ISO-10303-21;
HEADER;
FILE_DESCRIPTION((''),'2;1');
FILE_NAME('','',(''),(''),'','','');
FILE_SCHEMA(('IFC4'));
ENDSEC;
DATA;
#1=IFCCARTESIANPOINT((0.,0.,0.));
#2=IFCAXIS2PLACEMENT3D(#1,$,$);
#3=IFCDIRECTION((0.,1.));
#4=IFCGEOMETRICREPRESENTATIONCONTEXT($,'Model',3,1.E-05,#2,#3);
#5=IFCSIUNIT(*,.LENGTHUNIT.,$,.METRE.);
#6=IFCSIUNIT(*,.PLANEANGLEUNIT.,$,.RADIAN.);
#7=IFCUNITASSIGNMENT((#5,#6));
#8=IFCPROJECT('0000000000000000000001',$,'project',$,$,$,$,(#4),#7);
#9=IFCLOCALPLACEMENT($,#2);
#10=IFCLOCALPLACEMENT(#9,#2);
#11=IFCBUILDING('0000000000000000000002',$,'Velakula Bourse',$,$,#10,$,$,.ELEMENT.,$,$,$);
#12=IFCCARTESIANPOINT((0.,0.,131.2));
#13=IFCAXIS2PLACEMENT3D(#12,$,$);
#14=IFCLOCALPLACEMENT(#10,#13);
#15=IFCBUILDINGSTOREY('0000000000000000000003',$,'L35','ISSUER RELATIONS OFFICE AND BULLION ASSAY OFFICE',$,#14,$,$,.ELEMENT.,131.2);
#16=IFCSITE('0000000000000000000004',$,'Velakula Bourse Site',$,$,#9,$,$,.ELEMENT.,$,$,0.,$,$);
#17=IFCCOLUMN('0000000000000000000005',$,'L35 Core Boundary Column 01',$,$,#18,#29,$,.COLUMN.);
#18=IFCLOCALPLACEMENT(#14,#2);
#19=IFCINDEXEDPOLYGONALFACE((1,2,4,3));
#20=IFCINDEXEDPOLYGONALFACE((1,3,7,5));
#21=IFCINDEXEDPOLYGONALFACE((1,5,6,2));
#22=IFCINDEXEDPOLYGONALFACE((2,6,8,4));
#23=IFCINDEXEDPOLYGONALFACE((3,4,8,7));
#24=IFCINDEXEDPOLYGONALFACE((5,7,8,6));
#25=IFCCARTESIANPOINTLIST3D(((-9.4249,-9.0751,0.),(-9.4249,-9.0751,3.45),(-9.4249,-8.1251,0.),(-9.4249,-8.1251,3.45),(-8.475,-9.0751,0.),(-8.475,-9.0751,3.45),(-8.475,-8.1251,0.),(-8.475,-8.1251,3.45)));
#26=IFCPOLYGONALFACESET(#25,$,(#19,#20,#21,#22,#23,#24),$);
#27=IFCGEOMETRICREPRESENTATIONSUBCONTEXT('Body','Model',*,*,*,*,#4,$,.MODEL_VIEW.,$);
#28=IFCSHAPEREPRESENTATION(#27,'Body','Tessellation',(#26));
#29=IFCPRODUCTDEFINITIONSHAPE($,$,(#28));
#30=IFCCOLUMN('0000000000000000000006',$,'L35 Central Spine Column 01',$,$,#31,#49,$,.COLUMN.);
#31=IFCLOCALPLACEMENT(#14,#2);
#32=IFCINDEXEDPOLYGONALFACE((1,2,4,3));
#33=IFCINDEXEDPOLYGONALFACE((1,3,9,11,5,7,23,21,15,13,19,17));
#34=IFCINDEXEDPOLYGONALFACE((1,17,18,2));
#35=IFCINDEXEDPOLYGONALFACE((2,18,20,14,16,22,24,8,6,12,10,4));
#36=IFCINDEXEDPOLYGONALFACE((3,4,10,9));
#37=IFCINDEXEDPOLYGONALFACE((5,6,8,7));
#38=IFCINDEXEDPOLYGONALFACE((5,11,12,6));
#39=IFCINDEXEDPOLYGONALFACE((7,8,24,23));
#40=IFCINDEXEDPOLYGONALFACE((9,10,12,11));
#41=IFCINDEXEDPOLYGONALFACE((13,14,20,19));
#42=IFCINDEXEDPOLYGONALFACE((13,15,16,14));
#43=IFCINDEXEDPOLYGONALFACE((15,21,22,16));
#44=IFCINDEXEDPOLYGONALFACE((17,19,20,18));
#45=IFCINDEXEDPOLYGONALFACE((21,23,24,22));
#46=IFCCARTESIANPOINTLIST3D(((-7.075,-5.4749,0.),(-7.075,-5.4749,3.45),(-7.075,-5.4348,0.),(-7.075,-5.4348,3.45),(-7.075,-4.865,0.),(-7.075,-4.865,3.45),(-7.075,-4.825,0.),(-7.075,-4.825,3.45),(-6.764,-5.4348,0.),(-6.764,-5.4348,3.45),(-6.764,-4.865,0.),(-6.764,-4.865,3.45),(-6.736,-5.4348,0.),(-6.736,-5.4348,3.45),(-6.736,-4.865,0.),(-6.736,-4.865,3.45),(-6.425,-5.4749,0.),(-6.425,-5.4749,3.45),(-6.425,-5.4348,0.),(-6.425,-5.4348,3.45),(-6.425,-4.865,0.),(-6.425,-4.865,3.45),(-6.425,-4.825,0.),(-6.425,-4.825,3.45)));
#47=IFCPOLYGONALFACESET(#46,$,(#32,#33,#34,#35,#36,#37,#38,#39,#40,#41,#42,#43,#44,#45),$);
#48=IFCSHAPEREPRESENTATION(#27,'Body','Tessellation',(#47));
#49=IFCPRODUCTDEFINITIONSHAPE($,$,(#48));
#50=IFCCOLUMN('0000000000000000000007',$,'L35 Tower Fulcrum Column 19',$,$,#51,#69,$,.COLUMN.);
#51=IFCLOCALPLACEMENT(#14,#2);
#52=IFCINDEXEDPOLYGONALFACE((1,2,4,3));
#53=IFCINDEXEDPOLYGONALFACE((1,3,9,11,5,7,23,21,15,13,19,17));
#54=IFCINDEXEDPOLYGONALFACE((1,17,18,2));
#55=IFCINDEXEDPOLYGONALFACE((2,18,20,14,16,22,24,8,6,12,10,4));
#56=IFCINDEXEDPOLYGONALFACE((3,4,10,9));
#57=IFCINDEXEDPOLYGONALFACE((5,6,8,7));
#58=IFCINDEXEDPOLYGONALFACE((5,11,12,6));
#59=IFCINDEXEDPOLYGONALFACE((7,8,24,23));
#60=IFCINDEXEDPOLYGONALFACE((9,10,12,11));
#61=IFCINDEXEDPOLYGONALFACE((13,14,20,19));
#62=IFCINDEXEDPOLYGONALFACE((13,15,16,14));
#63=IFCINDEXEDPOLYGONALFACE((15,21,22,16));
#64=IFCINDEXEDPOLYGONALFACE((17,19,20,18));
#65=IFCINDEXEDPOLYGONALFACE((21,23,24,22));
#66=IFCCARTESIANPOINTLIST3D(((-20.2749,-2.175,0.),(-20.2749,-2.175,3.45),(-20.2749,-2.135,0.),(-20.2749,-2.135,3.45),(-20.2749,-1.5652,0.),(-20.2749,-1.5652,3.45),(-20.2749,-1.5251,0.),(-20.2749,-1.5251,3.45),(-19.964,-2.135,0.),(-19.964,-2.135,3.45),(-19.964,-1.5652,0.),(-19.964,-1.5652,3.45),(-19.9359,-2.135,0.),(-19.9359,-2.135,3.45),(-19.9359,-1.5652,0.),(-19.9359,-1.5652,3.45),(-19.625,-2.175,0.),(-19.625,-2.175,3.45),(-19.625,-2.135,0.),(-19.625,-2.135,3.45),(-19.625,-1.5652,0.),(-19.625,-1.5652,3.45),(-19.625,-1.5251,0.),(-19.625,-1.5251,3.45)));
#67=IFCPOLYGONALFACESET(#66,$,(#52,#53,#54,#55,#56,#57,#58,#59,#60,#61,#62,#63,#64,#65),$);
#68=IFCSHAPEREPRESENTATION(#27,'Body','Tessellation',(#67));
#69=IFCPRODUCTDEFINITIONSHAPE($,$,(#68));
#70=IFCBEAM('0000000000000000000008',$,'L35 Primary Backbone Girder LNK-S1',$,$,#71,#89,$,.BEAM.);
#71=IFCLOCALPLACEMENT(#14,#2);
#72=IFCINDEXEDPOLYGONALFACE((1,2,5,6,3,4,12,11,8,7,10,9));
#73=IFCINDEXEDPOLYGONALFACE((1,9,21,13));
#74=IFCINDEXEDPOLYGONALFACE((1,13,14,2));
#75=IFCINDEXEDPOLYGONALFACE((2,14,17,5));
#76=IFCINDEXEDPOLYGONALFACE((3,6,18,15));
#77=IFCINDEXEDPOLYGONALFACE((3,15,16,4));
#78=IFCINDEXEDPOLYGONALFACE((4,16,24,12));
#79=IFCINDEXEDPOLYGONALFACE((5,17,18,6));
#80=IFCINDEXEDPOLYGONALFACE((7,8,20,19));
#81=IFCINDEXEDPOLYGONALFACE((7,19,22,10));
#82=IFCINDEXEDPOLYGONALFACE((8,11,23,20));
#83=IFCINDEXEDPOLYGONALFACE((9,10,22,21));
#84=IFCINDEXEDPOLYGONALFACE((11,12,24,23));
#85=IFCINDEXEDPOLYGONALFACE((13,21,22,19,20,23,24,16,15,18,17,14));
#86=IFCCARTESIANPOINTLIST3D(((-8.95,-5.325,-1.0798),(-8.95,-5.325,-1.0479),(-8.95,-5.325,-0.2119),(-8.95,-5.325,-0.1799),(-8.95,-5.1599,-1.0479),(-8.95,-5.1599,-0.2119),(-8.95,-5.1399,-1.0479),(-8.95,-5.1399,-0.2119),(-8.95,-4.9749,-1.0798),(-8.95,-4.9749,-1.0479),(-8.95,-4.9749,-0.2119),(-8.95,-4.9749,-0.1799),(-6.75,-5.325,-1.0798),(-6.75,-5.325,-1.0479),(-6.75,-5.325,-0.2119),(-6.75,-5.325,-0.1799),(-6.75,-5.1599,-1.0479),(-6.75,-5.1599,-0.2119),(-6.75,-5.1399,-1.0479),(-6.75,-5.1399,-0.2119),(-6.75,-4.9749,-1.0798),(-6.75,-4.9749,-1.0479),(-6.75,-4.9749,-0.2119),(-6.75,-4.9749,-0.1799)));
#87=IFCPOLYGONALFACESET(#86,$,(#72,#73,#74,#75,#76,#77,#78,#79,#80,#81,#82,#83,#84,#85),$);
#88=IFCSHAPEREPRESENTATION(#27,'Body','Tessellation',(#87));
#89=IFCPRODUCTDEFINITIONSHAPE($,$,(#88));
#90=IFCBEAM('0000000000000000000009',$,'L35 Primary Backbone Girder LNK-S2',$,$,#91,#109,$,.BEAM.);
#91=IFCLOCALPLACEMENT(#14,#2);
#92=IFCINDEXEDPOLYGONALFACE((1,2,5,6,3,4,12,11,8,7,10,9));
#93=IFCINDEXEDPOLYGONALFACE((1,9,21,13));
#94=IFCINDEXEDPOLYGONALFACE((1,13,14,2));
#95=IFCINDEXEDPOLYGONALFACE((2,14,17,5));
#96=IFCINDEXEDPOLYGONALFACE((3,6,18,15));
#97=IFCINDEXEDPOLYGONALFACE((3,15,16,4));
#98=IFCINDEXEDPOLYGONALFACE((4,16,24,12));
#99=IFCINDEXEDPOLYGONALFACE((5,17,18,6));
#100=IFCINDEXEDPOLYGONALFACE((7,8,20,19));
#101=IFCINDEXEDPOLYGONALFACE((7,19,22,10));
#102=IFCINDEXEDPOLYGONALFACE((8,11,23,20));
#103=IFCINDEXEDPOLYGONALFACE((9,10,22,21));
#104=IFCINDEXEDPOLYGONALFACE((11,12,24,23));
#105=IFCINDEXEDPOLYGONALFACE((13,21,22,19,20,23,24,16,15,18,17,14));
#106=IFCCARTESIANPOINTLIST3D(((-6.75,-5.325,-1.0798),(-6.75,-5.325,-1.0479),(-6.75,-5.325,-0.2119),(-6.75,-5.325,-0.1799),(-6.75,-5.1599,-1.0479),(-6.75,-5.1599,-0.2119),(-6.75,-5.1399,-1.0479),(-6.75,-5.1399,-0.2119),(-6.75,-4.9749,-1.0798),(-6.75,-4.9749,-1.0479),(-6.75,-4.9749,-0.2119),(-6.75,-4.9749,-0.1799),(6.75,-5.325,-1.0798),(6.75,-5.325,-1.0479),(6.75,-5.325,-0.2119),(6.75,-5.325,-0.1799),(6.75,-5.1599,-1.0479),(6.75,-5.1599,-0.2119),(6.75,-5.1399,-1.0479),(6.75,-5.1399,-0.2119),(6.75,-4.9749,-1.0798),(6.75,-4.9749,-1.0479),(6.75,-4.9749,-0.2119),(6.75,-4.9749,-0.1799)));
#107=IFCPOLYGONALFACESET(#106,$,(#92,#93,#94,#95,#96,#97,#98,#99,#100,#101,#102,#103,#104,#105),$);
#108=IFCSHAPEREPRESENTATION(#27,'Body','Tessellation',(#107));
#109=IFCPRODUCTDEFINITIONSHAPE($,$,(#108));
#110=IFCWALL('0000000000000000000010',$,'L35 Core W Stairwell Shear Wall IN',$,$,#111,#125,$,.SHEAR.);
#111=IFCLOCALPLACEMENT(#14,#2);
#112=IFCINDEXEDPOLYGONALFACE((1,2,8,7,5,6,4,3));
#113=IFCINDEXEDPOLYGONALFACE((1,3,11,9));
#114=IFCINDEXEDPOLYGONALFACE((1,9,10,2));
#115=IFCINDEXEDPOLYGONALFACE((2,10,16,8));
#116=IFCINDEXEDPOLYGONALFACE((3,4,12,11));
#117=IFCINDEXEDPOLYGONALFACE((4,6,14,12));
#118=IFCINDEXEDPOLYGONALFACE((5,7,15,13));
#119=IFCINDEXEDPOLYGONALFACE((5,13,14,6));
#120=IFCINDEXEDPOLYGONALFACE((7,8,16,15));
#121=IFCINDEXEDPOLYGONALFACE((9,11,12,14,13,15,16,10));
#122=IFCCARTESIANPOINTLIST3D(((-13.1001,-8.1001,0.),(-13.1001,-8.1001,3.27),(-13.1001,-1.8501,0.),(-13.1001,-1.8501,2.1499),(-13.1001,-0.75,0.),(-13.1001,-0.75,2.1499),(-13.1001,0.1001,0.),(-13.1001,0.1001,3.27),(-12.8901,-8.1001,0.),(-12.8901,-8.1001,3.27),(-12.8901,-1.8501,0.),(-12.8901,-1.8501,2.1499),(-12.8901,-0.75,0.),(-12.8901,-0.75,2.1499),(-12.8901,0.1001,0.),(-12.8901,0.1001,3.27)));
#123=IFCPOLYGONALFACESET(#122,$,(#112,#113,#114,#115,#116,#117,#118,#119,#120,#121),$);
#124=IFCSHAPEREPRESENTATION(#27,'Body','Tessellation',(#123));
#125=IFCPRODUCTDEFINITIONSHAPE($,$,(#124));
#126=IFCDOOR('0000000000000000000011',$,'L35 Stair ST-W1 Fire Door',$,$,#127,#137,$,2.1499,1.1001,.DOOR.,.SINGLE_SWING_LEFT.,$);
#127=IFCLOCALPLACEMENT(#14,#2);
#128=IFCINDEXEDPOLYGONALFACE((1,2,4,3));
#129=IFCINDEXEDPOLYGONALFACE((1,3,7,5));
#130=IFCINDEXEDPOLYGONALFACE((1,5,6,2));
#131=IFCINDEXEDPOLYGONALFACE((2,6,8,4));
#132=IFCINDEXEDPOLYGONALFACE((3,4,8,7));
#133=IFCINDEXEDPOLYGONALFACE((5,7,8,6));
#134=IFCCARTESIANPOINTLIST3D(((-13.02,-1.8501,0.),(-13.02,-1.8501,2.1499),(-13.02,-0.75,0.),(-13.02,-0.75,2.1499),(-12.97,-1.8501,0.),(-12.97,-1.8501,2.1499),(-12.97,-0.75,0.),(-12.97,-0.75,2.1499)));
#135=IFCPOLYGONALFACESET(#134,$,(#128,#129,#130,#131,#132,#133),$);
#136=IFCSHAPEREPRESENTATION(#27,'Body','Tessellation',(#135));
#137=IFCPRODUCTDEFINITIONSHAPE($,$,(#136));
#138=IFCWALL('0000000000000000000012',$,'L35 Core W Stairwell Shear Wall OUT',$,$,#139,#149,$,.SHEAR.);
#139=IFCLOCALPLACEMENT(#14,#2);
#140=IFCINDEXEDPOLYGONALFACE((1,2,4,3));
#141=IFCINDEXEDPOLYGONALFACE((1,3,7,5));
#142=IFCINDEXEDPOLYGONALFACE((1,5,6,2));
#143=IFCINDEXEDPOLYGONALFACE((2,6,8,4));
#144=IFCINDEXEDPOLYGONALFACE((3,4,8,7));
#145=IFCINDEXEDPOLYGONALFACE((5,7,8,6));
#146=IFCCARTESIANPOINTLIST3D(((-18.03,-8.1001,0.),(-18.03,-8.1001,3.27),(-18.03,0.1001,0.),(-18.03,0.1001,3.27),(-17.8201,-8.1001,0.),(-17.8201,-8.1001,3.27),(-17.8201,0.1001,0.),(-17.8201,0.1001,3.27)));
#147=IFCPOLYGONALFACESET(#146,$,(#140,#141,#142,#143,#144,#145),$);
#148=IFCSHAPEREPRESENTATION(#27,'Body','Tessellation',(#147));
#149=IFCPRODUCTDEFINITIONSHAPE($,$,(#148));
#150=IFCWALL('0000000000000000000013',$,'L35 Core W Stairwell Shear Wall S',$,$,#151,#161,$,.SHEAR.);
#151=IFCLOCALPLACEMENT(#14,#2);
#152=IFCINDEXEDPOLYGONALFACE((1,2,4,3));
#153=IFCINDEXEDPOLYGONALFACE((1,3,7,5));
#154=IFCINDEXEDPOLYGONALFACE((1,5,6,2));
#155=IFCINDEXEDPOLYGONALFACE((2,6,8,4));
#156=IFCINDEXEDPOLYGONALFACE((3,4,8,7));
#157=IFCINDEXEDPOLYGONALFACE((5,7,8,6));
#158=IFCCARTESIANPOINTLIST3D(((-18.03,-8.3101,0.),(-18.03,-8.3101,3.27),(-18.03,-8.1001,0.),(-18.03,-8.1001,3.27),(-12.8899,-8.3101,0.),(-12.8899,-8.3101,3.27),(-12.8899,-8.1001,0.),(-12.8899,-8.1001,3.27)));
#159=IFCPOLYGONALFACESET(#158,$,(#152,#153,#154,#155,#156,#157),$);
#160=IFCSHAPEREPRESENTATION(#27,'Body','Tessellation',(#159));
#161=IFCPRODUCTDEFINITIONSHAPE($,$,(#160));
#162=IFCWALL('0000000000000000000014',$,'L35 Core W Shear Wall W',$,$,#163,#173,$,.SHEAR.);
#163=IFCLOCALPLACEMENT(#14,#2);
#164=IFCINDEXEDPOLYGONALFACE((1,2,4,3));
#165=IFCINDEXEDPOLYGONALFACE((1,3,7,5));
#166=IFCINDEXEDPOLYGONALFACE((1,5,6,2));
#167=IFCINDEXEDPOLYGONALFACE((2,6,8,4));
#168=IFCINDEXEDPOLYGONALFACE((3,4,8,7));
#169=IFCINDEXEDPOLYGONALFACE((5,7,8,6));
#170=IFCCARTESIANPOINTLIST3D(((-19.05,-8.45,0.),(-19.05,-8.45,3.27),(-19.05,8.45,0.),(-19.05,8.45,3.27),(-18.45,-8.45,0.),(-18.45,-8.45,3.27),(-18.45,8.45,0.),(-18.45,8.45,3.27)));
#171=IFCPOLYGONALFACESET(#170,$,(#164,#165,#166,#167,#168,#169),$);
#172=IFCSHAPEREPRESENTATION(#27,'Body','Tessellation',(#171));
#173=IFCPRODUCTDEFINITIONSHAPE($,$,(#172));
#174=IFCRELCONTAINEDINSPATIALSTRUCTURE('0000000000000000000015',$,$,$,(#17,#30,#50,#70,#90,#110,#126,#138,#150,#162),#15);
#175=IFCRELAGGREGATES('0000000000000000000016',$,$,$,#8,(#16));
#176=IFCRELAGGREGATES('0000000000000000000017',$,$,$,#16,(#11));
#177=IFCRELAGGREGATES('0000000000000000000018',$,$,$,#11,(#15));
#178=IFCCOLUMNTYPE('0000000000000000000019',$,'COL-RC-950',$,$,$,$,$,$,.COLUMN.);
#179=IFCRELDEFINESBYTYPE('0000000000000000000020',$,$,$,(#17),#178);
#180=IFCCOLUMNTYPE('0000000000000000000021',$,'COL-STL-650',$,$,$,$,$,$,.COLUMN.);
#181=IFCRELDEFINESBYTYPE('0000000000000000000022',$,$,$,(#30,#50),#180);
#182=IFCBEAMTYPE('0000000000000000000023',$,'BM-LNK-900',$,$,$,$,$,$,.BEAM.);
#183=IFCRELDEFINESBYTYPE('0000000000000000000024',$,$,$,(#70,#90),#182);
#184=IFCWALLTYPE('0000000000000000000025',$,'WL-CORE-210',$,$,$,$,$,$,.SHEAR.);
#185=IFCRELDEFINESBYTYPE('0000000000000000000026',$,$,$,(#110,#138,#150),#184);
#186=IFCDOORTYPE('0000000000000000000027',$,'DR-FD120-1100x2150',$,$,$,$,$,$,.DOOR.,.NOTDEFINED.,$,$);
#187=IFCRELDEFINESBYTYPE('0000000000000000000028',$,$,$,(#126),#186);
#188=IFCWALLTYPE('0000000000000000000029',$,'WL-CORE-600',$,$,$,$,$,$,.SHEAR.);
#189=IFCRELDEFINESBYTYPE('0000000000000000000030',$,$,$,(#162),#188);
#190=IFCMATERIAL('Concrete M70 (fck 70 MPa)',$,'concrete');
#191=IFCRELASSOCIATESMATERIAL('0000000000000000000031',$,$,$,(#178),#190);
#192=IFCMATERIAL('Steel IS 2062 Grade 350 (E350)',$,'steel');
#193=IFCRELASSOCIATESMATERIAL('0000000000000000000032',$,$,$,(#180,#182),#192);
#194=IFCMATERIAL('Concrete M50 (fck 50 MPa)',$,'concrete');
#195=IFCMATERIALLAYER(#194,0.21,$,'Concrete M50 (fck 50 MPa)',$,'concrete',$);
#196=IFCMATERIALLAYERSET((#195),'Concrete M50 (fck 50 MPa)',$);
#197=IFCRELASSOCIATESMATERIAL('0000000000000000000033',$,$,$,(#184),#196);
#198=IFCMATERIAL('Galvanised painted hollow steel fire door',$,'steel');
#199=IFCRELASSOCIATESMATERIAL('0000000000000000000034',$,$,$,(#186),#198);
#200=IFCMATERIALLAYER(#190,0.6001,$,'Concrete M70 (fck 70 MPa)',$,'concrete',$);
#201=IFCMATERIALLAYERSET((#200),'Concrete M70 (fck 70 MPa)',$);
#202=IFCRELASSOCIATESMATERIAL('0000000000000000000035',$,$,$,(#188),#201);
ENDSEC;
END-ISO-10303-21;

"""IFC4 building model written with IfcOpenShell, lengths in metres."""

from ifc_helpers import new_model, si_unit, direction, frame, frame_2d, origin, origin_2d, place, context, subcontext, project, spatial, rectangle, i_section, extrude, material, layer, layer_set, material_profile, profile_set, type_object, element, fill, save


model = new_model("IFC4")

# Units and contexts
model_context = context("Model", 3, precision=1e-05, world=origin(), true_north=direction((0.0, 1.0)))
body_context = subcontext(model_context, "Body", "Model", "MODEL_VIEW")
ifc_project = project(units=[si_unit("LENGTHUNIT", "METRE"), si_unit("PLANEANGLEUNIT", "RADIAN")], contexts=[model_context])

# Site, building, storey
site_placement = place(None, origin())
site = spatial("IfcSite", under=ifc_project, at=site_placement, Name="Velakula Bourse Site", CompositionType="ELEMENT", RefElevation=0.0)
building_placement = place(site_placement, origin())
building = spatial("IfcBuilding", under=site, at=building_placement, Name="Velakula Bourse", CompositionType="ELEMENT")
storey_placement = place(building_placement, frame((0.0, 0.0, 131.2)))
storey = spatial("IfcBuildingStorey", under=building, at=storey_placement, Name="L35", Description="ISSUER RELATIONS OFFICE AND BULLION ASSAY OFFICE", CompositionType="ELEMENT", Elevation=131.2)

# Columns
ifc_material_1 = material(Name="Concrete M70 (fck 70 MPa)", Category="concrete")
ifc_material_profile_1 = material_profile(ifc_material_1, rectangle(XDim=0.95, YDim=0.95, at=origin_2d()), Name="Concrete M70 (fck 70 MPa)")
ifc_profile_set_1 = profile_set([ifc_material_profile_1], Name="Concrete M70 (fck 70 MPa)")
column_type_1 = type_object("IfcColumnType", Name="COL-RC-950", PredefinedType="COLUMN", material=ifc_profile_set_1)
column_placement = place(storey_placement, frame((-8.95, -8.6001, 0.0), z_axis=(0.0, 0.0, 1.0), x_axis=(1.0, 0.0, 0.0)))
element("IfcColumn", 1, at=column_placement, inside=storey, type_object=column_type_1, Name="L35 Core Boundary Column 01", PredefinedType="COLUMN", context=body_context, shape_type="SweptSolid", body=[
    extrude(rectangle(XDim=0.95, YDim=0.95, at=origin_2d()), origin(), (0.0, 0.0, 1.0), 3.45),
])
ifc_material_2 = material(Name="Steel IS 2062 Grade 350 (E350)", Category="steel")
ifc_material_profile_2 = material_profile(ifc_material_2, i_section(OverallWidth=0.6499, OverallDepth=0.6499, WebThickness=0.0281, FlangeThickness=0.04, at=origin_2d()), Name="Steel IS 2062 Grade 350 (E350)")
ifc_profile_set_2 = profile_set([ifc_material_profile_2], Name="Steel IS 2062 Grade 350 (E350)")
column_type_2 = type_object("IfcColumnType", Name="COL-STL-650", PredefinedType="COLUMN", material=ifc_profile_set_2)
for number, where, z_axis, x_axis, name in (
    (2, (-6.75, -5.1499, 0.0), (0.0, 0.0, 1.0), (1.0, 0.0, 0.0), "L35 Central Spine Column 01"),
    (3, (-19.95, -1.8501, 0.0), (0.0, 0.0, 1.0), (1.0, 0.0, 0.0), "L35 Tower Fulcrum Column 19"),
):
    element("IfcColumn", number, at=place(storey_placement, frame(where, z_axis=z_axis, x_axis=x_axis)), inside=storey, type_object=column_type_2, Name=name, PredefinedType="COLUMN", context=body_context, shape_type="SweptSolid", body=[
        extrude(i_section(OverallWidth=0.6499, OverallDepth=0.6499, WebThickness=0.0281, FlangeThickness=0.04, at=origin_2d()), origin(), (0.0, 0.0, 1.0), 3.45),
    ])

# Beams
ifc_material_profile_3 = material_profile(ifc_material_2, i_section(OverallWidth=0.3501, OverallDepth=0.8999, WebThickness=0.02, FlangeThickness=0.032, at=origin_2d()), Name="Steel IS 2062 Grade 350 (E350)")
ifc_profile_set_3 = profile_set([ifc_material_profile_3], Name="Steel IS 2062 Grade 350 (E350)")
beam_type = type_object("IfcBeamType", Name="BM-LNK-900", PredefinedType="BEAM", material=ifc_profile_set_3)
beam_1_placement = place(storey_placement, frame((-8.95, -5.1499, -0.6299), z_axis=(1.0, 0.0, 0.0), x_axis=(0.0, 1.0, 0.0)))
element("IfcBeam", 4, at=beam_1_placement, inside=storey, type_object=beam_type, Name="L35 Primary Backbone Girder LNK-S1", PredefinedType="BEAM", context=body_context, shape_type="SweptSolid", body=[
    extrude(i_section(OverallWidth=0.3501, OverallDepth=0.8999, WebThickness=0.02, FlangeThickness=0.032, at=origin_2d()), origin(), (0.0, 0.0, 1.0), 2.2),
])
beam_2_placement = place(storey_placement, frame((-6.75, -5.1499, -0.6299), z_axis=(1.0, 0.0, 0.0), x_axis=(0.0, 1.0, 0.0)))
element("IfcBeam", 5, at=beam_2_placement, inside=storey, type_object=beam_type, Name="L35 Primary Backbone Girder LNK-S2", PredefinedType="BEAM", context=body_context, shape_type="SweptSolid", body=[
    extrude(i_section(OverallWidth=0.3501, OverallDepth=0.8999, WebThickness=0.02, FlangeThickness=0.032, at=origin_2d()), origin(), (0.0, 0.0, 1.0), 13.5),
])

# Wall, opening, door
ifc_material_3 = material(Name="Concrete M50 (fck 50 MPa)", Category="concrete")
ifc_layer_1 = layer(ifc_material_3, 0.21, Name="Concrete M50 (fck 50 MPa)", Category="concrete")
ifc_layer_set_1 = layer_set([ifc_layer_1], Name="Concrete M50 (fck 50 MPa)")
wall_type_1 = type_object("IfcWallType", Name="WL-CORE-210", PredefinedType="SHEAR", material=ifc_layer_set_1)
wall_1_placement = place(storey_placement, frame((-12.9951, -8.1001, 0.0), z_axis=(0.0, 0.0, 1.0), x_axis=(0.0, 1.0, 0.0)))
wall_1 = element("IfcWall", 6, at=wall_1_placement, inside=storey, type_object=wall_type_1, Name="L35 Core W Stairwell Shear Wall IN", PredefinedType="SHEAR", context=body_context, shape_type="SweptSolid", body=[
    extrude(rectangle(XDim=8.2002, YDim=0.21, at=frame_2d((4.1001, 0.0))), origin(), (0.0, 0.0, 1.0), 3.27),
])
opening_1_placement = place(wall_1_placement, frame((6.25, 0.0, 0.0)))
opening_1 = element("IfcOpeningElement", 7, at=opening_1_placement, cuts=wall_1, PredefinedType="OPENING", context=body_context, shape_type="SweptSolid", body=[
    extrude(rectangle(XDim=1.1001, YDim=2.1499, at=frame_2d((0.55, 1.075))), frame((0.0, 0.115, 0.0), z_axis=(0.0, -1.0, 0.0), x_axis=(1.0, 0.0, 0.0)), (0.0, 0.0, 1.0), 0.23),
])
ifc_material_4 = material(Name="Galvanised painted hollow steel fire door", Category="steel")
door_type_1 = type_object("IfcDoorType", Name="DR-FD120-1100x2150", OperationType="NOTDEFINED", PredefinedType="DOOR", material=ifc_material_4)
door_1_placement = place(opening_1_placement, origin())
door_1 = element("IfcDoor", 8, at=door_1_placement, inside=storey, type_object=door_type_1, Name="L35 Stair ST-W1 Fire Door", OperationType="SINGLE_SWING_LEFT", OverallHeight=2.1499, OverallWidth=1.1001, PredefinedType="DOOR", context=body_context, shape_type="SweptSolid", body=[
    extrude(rectangle(XDim=1.1001, YDim=2.1499, at=frame_2d((0.55, 1.075))), frame((0.0, 0.0249, 0.0), z_axis=(0.0, -1.0, 0.0), x_axis=(1.0, 0.0, 0.0)), (0.0, 0.0, 1.0), 0.05),
])
fill(opening_1, door_1)

# Walls
wall_2_placement = place(storey_placement, frame((-17.925, -8.1001, 0.0), z_axis=(0.0, 0.0, 1.0), x_axis=(0.0, 1.0, 0.0)))
element("IfcWall", 9, at=wall_2_placement, inside=storey, type_object=wall_type_1, Name="L35 Core W Stairwell Shear Wall OUT", PredefinedType="SHEAR", context=body_context, shape_type="SweptSolid", body=[
    extrude(rectangle(XDim=8.2002, YDim=0.21, at=frame_2d((4.1001, 0.0))), origin(), (0.0, 0.0, 1.0), 3.27),
])
wall_3_placement = place(storey_placement, frame((-18.03, -8.2051, 0.0), z_axis=(0.0, 0.0, 1.0), x_axis=(1.0, 0.0, 0.0)))
element("IfcWall", 10, at=wall_3_placement, inside=storey, type_object=wall_type_1, Name="L35 Core W Stairwell Shear Wall S", PredefinedType="SHEAR", context=body_context, shape_type="SweptSolid", body=[
    extrude(rectangle(XDim=5.1401, YDim=0.21, at=frame_2d((2.5701, 0.0))), origin(), (0.0, 0.0, 1.0), 3.27),
])
ifc_layer_2 = layer(ifc_material_1, 0.6001, Name="Concrete M70 (fck 70 MPa)", Category="concrete")
ifc_layer_set_2 = layer_set([ifc_layer_2], Name="Concrete M70 (fck 70 MPa)")
wall_type_2 = type_object("IfcWallType", Name="WL-CORE-600", PredefinedType="SHEAR", material=ifc_layer_set_2)
wall_4_placement = place(storey_placement, frame((-18.75, -8.45, 0.0), z_axis=(0.0, 0.0, 1.0), x_axis=(0.0, 1.0, 0.0)))
element("IfcWall", 11, at=wall_4_placement, inside=storey, type_object=wall_type_2, Name="L35 Core W Shear Wall W", PredefinedType="SHEAR", context=body_context, shape_type="SweptSolid", body=[
    extrude(rectangle(XDim=16.8999, YDim=0.6001, at=frame_2d((8.45, 0.0))), origin(), (0.0, 0.0, 1.0), 3.27),
])

save(model, "model.ifc")
